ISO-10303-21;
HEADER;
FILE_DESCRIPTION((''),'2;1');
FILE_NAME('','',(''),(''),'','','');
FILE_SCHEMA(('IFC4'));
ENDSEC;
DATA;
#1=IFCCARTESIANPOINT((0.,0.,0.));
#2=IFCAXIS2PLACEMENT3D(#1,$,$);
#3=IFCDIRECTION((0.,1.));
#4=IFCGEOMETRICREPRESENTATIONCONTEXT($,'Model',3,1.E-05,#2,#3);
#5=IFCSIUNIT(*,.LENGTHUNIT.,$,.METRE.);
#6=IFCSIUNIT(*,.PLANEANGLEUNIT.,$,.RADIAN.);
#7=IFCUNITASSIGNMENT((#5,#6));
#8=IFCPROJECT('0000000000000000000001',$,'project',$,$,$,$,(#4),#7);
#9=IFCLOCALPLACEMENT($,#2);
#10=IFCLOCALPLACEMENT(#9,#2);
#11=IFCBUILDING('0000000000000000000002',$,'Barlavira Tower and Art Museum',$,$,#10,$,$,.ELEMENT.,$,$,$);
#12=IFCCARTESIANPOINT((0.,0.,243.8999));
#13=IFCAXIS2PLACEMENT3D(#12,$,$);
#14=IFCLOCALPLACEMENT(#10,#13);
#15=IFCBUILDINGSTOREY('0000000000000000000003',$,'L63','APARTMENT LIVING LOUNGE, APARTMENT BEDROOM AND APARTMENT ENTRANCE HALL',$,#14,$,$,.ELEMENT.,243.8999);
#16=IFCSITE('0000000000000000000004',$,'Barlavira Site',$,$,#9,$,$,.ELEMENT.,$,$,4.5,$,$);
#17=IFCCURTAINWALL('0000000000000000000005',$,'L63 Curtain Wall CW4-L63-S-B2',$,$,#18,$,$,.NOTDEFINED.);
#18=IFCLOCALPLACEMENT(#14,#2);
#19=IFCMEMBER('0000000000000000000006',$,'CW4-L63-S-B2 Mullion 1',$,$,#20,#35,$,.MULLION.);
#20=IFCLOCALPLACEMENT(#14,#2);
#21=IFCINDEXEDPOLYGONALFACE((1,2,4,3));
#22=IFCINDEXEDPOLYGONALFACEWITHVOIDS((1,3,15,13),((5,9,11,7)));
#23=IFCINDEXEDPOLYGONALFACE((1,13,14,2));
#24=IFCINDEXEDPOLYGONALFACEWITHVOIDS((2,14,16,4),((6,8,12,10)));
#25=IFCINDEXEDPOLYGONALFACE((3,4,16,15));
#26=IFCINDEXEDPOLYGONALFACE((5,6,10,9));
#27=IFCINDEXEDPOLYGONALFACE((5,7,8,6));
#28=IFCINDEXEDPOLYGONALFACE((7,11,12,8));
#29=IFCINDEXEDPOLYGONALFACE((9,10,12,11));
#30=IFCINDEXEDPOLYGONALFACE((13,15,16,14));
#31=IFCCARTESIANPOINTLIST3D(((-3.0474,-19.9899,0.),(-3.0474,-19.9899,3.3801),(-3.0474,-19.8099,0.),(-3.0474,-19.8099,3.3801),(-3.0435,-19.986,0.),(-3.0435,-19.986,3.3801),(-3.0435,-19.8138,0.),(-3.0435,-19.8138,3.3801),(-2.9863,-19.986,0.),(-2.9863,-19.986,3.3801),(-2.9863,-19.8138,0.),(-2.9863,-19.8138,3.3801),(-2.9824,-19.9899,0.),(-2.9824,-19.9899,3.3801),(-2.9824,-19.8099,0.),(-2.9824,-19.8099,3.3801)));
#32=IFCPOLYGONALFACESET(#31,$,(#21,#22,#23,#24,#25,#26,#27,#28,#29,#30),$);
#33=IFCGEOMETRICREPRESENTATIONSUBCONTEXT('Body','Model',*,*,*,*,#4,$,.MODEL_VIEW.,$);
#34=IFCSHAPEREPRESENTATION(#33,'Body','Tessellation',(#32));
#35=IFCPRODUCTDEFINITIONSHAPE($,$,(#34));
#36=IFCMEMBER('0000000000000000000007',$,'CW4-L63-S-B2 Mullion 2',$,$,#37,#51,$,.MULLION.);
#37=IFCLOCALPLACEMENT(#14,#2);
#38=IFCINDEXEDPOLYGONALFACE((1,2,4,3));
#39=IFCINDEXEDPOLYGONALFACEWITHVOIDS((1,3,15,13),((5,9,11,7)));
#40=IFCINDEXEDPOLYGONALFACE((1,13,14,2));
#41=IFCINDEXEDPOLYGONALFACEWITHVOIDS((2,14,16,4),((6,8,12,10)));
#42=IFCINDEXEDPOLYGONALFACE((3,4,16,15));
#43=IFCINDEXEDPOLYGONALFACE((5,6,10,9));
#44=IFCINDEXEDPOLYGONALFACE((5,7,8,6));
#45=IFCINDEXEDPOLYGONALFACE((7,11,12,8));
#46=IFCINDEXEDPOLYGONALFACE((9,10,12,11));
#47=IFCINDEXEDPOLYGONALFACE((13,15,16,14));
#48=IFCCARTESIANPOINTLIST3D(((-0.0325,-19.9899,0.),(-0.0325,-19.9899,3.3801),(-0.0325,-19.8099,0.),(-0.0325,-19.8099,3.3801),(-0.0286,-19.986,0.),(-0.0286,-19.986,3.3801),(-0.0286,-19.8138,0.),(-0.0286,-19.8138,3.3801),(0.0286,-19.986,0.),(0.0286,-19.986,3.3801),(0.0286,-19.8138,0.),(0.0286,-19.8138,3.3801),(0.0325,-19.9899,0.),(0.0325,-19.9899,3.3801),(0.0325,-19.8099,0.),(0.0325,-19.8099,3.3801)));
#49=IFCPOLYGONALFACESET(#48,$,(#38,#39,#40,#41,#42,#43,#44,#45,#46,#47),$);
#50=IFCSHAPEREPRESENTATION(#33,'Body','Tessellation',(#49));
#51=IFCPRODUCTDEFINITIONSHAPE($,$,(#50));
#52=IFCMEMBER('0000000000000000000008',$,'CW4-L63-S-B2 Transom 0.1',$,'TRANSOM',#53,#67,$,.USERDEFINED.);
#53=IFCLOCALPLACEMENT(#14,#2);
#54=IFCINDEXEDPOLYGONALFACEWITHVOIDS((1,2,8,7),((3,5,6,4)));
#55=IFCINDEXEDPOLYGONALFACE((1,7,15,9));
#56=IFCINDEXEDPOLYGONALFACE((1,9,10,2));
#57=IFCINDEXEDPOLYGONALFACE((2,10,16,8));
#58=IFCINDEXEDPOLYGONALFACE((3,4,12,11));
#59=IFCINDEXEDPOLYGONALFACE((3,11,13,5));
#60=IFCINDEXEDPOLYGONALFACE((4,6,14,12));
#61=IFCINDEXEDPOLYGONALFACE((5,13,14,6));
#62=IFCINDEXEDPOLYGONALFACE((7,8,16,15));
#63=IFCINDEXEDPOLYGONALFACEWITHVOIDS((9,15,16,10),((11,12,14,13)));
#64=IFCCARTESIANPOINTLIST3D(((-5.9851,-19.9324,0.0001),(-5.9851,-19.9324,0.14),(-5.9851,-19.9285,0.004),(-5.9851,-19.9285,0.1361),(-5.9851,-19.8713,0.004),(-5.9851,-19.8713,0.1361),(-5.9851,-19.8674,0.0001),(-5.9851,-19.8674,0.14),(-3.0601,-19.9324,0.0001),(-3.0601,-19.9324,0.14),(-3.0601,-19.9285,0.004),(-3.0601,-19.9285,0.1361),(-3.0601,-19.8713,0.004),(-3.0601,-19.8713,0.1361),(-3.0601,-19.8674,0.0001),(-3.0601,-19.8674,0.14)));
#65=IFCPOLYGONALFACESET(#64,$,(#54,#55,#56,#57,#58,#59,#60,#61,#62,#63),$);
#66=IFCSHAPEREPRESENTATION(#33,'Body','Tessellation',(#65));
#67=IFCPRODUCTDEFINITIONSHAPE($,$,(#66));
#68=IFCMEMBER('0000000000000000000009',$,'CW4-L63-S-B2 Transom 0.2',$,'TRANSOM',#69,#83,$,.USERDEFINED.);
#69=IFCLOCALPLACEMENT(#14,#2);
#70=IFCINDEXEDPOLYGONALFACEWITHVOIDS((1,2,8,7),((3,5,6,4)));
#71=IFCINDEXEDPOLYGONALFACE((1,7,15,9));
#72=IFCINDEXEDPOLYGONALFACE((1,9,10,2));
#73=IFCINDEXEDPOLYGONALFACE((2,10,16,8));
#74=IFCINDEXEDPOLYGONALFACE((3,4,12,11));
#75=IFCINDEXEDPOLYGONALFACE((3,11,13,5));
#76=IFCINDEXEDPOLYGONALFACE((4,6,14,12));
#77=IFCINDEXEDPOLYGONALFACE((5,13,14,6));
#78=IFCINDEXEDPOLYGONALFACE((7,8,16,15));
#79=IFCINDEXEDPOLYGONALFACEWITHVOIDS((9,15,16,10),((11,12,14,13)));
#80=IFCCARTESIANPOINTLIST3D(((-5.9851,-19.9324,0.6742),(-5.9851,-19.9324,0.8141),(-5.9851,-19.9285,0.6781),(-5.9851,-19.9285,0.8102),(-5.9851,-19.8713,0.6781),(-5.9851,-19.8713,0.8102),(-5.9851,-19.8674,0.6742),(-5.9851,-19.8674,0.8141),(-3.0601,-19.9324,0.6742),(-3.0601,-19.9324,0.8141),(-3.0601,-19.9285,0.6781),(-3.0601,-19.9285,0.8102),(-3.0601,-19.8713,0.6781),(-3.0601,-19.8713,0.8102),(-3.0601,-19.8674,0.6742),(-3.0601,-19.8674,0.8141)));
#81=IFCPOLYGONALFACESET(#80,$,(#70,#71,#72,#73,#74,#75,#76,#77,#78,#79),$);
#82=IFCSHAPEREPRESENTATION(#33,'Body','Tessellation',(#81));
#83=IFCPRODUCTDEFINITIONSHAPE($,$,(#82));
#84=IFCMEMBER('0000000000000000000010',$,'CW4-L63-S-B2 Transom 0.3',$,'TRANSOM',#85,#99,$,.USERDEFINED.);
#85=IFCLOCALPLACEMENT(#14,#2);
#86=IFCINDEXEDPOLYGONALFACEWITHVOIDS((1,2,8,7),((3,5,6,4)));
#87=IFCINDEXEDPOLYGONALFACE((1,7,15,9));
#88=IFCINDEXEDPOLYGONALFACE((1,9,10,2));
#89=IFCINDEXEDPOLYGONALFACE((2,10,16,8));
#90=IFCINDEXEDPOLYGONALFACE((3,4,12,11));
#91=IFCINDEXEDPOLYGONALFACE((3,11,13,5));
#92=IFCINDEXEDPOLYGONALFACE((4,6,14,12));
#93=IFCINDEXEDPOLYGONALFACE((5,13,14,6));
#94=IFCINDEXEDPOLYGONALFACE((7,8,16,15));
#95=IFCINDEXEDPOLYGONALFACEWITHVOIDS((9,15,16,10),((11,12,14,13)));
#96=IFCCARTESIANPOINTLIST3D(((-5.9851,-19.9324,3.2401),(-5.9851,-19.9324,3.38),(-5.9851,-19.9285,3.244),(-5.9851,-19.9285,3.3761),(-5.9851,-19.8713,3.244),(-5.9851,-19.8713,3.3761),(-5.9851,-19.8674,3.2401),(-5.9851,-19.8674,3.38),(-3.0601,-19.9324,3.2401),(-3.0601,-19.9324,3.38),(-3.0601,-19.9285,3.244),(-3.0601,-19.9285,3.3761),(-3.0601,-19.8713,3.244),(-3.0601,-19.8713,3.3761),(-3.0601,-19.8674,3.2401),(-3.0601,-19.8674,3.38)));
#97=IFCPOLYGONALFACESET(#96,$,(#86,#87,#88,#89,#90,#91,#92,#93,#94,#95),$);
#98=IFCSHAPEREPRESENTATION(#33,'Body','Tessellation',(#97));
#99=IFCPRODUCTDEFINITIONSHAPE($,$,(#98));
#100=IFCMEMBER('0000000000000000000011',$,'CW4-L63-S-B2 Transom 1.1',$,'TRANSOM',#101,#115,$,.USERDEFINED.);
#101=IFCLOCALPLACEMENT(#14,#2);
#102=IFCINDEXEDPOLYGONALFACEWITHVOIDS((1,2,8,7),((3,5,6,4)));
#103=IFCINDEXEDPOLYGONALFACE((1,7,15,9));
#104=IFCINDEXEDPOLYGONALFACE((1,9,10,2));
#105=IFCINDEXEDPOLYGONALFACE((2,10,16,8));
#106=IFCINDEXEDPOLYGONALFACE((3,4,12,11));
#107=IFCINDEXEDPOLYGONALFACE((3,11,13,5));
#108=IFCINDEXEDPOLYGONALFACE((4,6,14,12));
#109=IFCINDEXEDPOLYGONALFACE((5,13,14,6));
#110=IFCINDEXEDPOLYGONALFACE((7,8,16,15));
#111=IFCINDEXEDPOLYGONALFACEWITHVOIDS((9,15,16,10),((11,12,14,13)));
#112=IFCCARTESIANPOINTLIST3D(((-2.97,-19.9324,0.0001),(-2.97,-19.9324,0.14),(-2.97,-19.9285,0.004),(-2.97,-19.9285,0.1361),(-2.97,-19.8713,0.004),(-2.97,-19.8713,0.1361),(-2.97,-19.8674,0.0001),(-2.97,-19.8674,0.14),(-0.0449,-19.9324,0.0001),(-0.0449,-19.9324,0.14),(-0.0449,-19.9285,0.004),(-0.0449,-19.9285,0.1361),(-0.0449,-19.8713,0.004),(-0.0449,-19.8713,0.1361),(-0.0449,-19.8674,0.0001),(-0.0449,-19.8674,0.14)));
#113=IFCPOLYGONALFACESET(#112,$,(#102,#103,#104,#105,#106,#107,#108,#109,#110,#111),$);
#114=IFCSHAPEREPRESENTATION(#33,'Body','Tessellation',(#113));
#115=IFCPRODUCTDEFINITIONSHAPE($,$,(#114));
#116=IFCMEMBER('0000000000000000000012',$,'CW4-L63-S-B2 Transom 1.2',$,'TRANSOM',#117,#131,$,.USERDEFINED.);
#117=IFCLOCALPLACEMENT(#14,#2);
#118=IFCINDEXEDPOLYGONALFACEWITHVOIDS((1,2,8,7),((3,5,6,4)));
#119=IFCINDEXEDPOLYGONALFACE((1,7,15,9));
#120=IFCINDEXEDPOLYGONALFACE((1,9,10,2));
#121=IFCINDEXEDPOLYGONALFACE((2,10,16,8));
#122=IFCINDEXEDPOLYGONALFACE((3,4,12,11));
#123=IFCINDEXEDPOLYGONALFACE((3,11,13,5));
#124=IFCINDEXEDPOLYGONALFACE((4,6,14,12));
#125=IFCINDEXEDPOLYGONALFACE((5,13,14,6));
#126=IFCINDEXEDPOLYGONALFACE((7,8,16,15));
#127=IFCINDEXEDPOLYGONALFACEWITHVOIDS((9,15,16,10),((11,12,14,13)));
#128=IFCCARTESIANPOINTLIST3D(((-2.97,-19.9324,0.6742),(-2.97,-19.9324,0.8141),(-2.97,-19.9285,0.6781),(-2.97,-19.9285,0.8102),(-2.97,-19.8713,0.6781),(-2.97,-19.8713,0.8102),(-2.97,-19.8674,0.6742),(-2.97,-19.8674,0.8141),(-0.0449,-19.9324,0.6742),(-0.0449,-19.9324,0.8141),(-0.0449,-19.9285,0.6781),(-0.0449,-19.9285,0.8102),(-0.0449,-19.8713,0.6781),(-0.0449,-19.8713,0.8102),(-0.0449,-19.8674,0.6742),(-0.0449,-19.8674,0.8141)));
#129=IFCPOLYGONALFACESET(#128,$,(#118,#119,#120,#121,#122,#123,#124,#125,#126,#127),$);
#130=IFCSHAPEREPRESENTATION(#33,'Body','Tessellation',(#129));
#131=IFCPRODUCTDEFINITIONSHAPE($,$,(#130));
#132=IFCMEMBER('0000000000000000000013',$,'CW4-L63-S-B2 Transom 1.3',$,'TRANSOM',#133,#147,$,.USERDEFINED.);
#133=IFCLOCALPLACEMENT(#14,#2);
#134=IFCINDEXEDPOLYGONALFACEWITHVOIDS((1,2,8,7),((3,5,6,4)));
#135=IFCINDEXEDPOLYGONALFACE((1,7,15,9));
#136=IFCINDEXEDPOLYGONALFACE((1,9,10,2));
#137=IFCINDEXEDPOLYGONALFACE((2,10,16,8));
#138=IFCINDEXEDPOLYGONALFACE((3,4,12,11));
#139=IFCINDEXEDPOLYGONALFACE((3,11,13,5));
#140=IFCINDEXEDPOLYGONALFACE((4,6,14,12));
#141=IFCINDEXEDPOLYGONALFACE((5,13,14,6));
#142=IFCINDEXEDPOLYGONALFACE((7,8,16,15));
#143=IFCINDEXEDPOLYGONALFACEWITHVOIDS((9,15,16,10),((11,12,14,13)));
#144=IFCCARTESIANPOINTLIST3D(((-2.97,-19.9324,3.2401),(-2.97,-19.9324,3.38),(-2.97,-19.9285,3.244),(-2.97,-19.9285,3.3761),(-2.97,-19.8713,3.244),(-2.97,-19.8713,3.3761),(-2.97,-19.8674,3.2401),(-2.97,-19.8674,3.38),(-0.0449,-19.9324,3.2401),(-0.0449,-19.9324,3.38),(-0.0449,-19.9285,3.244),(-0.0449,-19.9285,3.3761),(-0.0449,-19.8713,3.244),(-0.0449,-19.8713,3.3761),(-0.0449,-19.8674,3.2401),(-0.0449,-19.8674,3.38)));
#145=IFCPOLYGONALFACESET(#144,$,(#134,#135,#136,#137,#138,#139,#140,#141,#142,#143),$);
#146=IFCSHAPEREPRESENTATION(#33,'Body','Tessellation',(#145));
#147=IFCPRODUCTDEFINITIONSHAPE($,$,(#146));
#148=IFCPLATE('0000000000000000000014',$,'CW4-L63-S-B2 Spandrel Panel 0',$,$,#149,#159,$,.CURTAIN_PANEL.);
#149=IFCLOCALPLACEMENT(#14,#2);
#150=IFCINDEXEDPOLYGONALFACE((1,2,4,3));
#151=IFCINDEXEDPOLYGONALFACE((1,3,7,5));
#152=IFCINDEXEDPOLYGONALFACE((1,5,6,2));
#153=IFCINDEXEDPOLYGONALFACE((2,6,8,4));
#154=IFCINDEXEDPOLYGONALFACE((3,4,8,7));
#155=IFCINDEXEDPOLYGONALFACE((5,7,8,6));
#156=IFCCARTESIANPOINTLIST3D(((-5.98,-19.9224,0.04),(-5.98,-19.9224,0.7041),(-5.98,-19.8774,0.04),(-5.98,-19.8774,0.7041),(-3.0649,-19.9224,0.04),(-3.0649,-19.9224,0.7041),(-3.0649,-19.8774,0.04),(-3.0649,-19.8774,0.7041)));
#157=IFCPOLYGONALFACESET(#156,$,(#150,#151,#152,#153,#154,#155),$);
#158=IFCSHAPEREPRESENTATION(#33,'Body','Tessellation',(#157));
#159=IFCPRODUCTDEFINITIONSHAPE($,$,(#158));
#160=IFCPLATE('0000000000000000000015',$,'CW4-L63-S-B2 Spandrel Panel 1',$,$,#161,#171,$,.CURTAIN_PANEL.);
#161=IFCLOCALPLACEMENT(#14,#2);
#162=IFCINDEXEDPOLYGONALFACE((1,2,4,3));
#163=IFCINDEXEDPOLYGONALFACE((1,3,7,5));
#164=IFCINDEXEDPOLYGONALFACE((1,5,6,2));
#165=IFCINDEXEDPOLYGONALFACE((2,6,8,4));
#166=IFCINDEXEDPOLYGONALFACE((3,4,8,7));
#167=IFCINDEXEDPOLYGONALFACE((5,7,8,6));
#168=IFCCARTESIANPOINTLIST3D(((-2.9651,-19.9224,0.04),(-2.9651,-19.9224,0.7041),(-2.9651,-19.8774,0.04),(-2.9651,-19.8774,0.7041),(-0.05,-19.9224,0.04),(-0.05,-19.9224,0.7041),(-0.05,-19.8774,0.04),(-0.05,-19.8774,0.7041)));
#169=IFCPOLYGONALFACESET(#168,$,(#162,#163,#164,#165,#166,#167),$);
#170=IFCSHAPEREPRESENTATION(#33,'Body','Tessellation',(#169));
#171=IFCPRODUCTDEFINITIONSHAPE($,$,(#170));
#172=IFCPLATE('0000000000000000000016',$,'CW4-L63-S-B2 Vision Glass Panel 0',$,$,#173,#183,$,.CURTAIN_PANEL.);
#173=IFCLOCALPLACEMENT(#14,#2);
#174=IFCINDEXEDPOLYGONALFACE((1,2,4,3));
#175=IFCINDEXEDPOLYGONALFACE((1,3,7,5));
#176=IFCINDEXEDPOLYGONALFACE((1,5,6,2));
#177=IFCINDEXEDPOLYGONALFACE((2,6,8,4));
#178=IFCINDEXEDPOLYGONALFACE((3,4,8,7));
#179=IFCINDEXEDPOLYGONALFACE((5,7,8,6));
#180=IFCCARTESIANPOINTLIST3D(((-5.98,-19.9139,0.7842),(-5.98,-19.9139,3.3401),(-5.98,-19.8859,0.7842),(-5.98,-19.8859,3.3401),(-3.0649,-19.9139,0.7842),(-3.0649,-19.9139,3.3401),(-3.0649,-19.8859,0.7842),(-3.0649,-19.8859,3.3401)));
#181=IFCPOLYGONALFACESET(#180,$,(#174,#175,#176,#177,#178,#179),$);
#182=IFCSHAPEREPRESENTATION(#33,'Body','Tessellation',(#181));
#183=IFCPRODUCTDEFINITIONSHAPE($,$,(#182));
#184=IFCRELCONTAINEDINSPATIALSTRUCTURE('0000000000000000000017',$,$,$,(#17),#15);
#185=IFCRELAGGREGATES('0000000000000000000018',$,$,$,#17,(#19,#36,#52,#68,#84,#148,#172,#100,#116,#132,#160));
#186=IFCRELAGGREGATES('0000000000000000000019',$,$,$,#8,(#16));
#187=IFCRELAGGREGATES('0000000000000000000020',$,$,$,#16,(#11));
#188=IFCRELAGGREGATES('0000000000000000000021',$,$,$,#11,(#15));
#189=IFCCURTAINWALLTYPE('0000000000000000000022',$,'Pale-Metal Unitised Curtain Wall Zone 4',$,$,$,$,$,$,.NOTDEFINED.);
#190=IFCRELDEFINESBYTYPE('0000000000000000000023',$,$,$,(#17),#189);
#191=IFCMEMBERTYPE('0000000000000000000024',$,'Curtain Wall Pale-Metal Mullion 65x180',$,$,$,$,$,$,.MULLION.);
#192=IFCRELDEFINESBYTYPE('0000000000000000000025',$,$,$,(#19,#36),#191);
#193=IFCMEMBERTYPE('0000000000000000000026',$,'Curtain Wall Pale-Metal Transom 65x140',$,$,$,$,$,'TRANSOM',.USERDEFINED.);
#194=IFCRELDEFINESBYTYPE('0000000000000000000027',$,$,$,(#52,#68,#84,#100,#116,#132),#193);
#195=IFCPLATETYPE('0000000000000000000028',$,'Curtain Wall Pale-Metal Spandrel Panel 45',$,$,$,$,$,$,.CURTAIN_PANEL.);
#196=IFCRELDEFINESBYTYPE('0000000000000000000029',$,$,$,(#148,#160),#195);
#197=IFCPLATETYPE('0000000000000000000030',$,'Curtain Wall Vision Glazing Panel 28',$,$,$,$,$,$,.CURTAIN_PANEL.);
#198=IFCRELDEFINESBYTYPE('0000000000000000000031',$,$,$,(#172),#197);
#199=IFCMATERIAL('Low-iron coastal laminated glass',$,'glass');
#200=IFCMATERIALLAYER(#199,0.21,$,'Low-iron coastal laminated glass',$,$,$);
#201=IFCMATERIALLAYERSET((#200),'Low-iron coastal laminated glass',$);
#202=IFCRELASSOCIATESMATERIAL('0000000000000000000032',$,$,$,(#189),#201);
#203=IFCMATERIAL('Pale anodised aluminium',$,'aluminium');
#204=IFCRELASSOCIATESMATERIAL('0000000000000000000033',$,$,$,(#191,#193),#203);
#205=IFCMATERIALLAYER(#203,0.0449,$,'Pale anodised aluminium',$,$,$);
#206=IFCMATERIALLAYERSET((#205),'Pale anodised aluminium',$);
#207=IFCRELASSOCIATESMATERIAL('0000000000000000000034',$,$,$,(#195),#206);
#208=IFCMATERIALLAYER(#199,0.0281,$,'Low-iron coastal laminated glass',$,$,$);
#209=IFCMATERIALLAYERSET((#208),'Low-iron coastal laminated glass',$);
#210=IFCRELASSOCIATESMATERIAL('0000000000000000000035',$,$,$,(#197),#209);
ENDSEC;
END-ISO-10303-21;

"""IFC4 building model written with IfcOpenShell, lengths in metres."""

from ifc_helpers import new_model, si_unit, direction, frame, origin, origin_2d, place, context, subcontext, project, spatial, rectangle, hollow_rectangle, extrude, material, layer, layer_set, material_profile, profile_set, type_object, element, aggregate, save


model = new_model("IFC4")

# Units and contexts
model_context = context("Model", 3, precision=1e-05, world=origin(), true_north=direction((0.0, 1.0)))
body_context = subcontext(model_context, "Body", "Model", "MODEL_VIEW")
ifc_project = project(units=[si_unit("LENGTHUNIT", "METRE"), si_unit("PLANEANGLEUNIT", "RADIAN")], contexts=[model_context])

# Site, building, storey
site_placement = place(None, origin())
site = spatial("IfcSite", under=ifc_project, at=site_placement, Name="Barlavira Site", CompositionType="ELEMENT", RefElevation=4.5)
building_placement = place(site_placement, origin())
building = spatial("IfcBuilding", under=site, at=building_placement, Name="Barlavira Tower and Art Museum", CompositionType="ELEMENT")
storey_placement = place(building_placement, frame((0.0, 0.0, 243.8999)))
storey = spatial("IfcBuildingStorey", under=building, at=storey_placement, Name="L63", Description="APARTMENT LIVING LOUNGE, APARTMENT BEDROOM AND APARTMENT ENTRANCE HALL", CompositionType="ELEMENT", Elevation=243.8999)

# Curtain wall, members, plates
ifc_material_1 = material(Name="Low-iron coastal laminated glass", Category="glass")
ifc_layer_1 = layer(ifc_material_1, 0.21, Name="Low-iron coastal laminated glass")
ifc_layer_set_1 = layer_set([ifc_layer_1], Name="Low-iron coastal laminated glass")
curtain_wall_type = type_object("IfcCurtainWallType", Name="Pale-Metal Unitised Curtain Wall Zone 4", PredefinedType="NOTDEFINED", material=ifc_layer_set_1)
curtain_wall_placement = place(storey_placement, origin())
curtain_wall = element("IfcCurtainWall", 1, at=curtain_wall_placement, inside=storey, type_object=curtain_wall_type, Name="L63 Curtain Wall CW4-L63-S-B2", PredefinedType="NOTDEFINED")
ifc_material_2 = material(Name="Pale anodised aluminium", Category="aluminium")
ifc_material_profile_1 = material_profile(ifc_material_2, hollow_rectangle(XDim=0.0649, YDim=0.1799, WallThickness=0.0039, at=origin_2d()), Name="ALU-MULL 65x180x4")
ifc_profile_set_1 = profile_set([ifc_material_profile_1], Name="Pale anodised aluminium")
member_type_1 = type_object("IfcMemberType", Name="Curtain Wall Pale-Metal Mullion 65x180", PredefinedType="MULLION", material=ifc_profile_set_1)
member_1_placement = place(storey_placement, frame((-3.0149, -19.8999, 0.0), z_axis=(0.0, 0.0, 1.0), x_axis=(1.0, 0.0, 0.0)))
member_1 = element("IfcMember", 2, at=member_1_placement, type_object=member_type_1, Name="CW4-L63-S-B2 Mullion 1", PredefinedType="MULLION", context=body_context, shape_type="SweptSolid", body=[
    extrude(hollow_rectangle(XDim=0.0649, YDim=0.1799, WallThickness=0.0039, at=origin_2d()), origin(), (0.0, 0.0, 1.0), 3.3801),
])
member_2_placement = place(storey_placement, frame((0.0, -19.8999, 0.0), z_axis=(0.0, 0.0, 1.0), x_axis=(1.0, 0.0, 0.0)))
member_2 = element("IfcMember", 3, at=member_2_placement, type_object=member_type_1, Name="CW4-L63-S-B2 Mullion 2", PredefinedType="MULLION", context=body_context, shape_type="SweptSolid", body=[
    extrude(hollow_rectangle(XDim=0.0649, YDim=0.1799, WallThickness=0.0039, at=origin_2d()), origin(), (0.0, 0.0, 1.0), 3.3801),
])
ifc_material_profile_2 = material_profile(ifc_material_2, hollow_rectangle(XDim=0.0649, YDim=0.1399, WallThickness=0.0039, at=origin_2d()), Name="ALU-TRAN 65x140x4")
ifc_profile_set_2 = profile_set([ifc_material_profile_2], Name="Pale anodised aluminium")
member_type_2 = type_object("IfcMemberType", Name="Curtain Wall Pale-Metal Transom 65x140", ElementType="TRANSOM", PredefinedType="USERDEFINED", material=ifc_profile_set_2)
member_3_placement = place(storey_placement, frame((-5.9851, -19.8999, 0.0701), z_axis=(1.0, 0.0, 0.0), x_axis=(0.0, 1.0, 0.0)))
member_3 = element("IfcMember", 4, at=member_3_placement, type_object=member_type_2, Name="CW4-L63-S-B2 Transom 0.1", ObjectType="TRANSOM", PredefinedType="USERDEFINED", context=body_context, shape_type="SweptSolid", body=[
    extrude(hollow_rectangle(XDim=0.0649, YDim=0.1399, WallThickness=0.0039, at=origin_2d()), origin(), (0.0, 0.0, 1.0), 2.925),
])
member_4_placement = place(storey_placement, frame((-5.9851, -19.8999, 0.7441), z_axis=(1.0, 0.0, 0.0), x_axis=(0.0, 1.0, 0.0)))
member_4 = element("IfcMember", 5, at=member_4_placement, type_object=member_type_2, Name="CW4-L63-S-B2 Transom 0.2", ObjectType="TRANSOM", PredefinedType="USERDEFINED", context=body_context, shape_type="SweptSolid", body=[
    extrude(hollow_rectangle(XDim=0.0649, YDim=0.1399, WallThickness=0.0039, at=origin_2d()), origin(), (0.0, 0.0, 1.0), 2.925),
])
member_5_placement = place(storey_placement, frame((-5.9851, -19.8999, 3.3101), z_axis=(1.0, 0.0, 0.0), x_axis=(0.0, 1.0, 0.0)))
member_5 = element("IfcMember", 6, at=member_5_placement, type_object=member_type_2, Name="CW4-L63-S-B2 Transom 0.3", ObjectType="TRANSOM", PredefinedType="USERDEFINED", context=body_context, shape_type="SweptSolid", body=[
    extrude(hollow_rectangle(XDim=0.0649, YDim=0.1399, WallThickness=0.0039, at=origin_2d()), origin(), (0.0, 0.0, 1.0), 2.925),
])
member_6_placement = place(storey_placement, frame((-2.97, -19.8999, 0.0701), z_axis=(1.0, 0.0, 0.0), x_axis=(0.0, 1.0, 0.0)))
member_6 = element("IfcMember", 7, at=member_6_placement, type_object=member_type_2, Name="CW4-L63-S-B2 Transom 1.1", ObjectType="TRANSOM", PredefinedType="USERDEFINED", context=body_context, shape_type="SweptSolid", body=[
    extrude(hollow_rectangle(XDim=0.0649, YDim=0.1399, WallThickness=0.0039, at=origin_2d()), origin(), (0.0, 0.0, 1.0), 2.925),
])
member_7_placement = place(storey_placement, frame((-2.97, -19.8999, 0.7441), z_axis=(1.0, 0.0, 0.0), x_axis=(0.0, 1.0, 0.0)))
member_7 = element("IfcMember", 8, at=member_7_placement, type_object=member_type_2, Name="CW4-L63-S-B2 Transom 1.2", ObjectType="TRANSOM", PredefinedType="USERDEFINED", context=body_context, shape_type="SweptSolid", body=[
    extrude(hollow_rectangle(XDim=0.0649, YDim=0.1399, WallThickness=0.0039, at=origin_2d()), origin(), (0.0, 0.0, 1.0), 2.925),
])
member_8_placement = place(storey_placement, frame((-2.97, -19.8999, 3.3101), z_axis=(1.0, 0.0, 0.0), x_axis=(0.0, 1.0, 0.0)))
member_8 = element("IfcMember", 9, at=member_8_placement, type_object=member_type_2, Name="CW4-L63-S-B2 Transom 1.3", ObjectType="TRANSOM", PredefinedType="USERDEFINED", context=body_context, shape_type="SweptSolid", body=[
    extrude(hollow_rectangle(XDim=0.0649, YDim=0.1399, WallThickness=0.0039, at=origin_2d()), origin(), (0.0, 0.0, 1.0), 2.925),
])
ifc_layer_2 = layer(ifc_material_2, 0.0449, Name="Pale anodised aluminium")
ifc_layer_set_2 = layer_set([ifc_layer_2], Name="Pale anodised aluminium")
plate_type_1 = type_object("IfcPlateType", Name="Curtain Wall Pale-Metal Spandrel Panel 45", PredefinedType="CURTAIN_PANEL", material=ifc_layer_set_2)
plate_1_placement = place(storey_placement, frame((-4.5225, -19.8999, 0.04), z_axis=(0.0, 0.0, 1.0), x_axis=(1.0, 0.0, 0.0)))
plate_1 = element("IfcPlate", 10, at=plate_1_placement, type_object=plate_type_1, Name="CW4-L63-S-B2 Spandrel Panel 0", PredefinedType="CURTAIN_PANEL", context=body_context, shape_type="SweptSolid", body=[
    extrude(rectangle(XDim=2.915, YDim=0.0449, at=origin_2d()), origin(), (0.0, 0.0, 1.0), 0.6641),
])
plate_2_placement = place(storey_placement, frame((-1.5076, -19.8999, 0.04), z_axis=(0.0, 0.0, 1.0), x_axis=(1.0, 0.0, 0.0)))
plate_2 = element("IfcPlate", 11, at=plate_2_placement, type_object=plate_type_1, Name="CW4-L63-S-B2 Spandrel Panel 1", PredefinedType="CURTAIN_PANEL", context=body_context, shape_type="SweptSolid", body=[
    extrude(rectangle(XDim=2.915, YDim=0.0449, at=origin_2d()), origin(), (0.0, 0.0, 1.0), 0.6641),
])
ifc_layer_3 = layer(ifc_material_1, 0.0281, Name="Low-iron coastal laminated glass")
ifc_layer_set_3 = layer_set([ifc_layer_3], Name="Low-iron coastal laminated glass")
plate_type_2 = type_object("IfcPlateType", Name="Curtain Wall Vision Glazing Panel 28", PredefinedType="CURTAIN_PANEL", material=ifc_layer_set_3)
plate_3_placement = place(storey_placement, frame((-4.5225, -19.8999, 0.7842), z_axis=(0.0, 0.0, 1.0), x_axis=(1.0, 0.0, 0.0)))
plate_3 = element("IfcPlate", 12, at=plate_3_placement, type_object=plate_type_2, Name="CW4-L63-S-B2 Vision Glass Panel 0", PredefinedType="CURTAIN_PANEL", context=body_context, shape_type="SweptSolid", body=[
    extrude(rectangle(XDim=2.915, YDim=0.0281, at=origin_2d()), origin(), (0.0, 0.0, 1.0), 2.5559),
])
aggregate(curtain_wall, [member_1, member_2, member_3, member_4, member_5, plate_1, plate_3, member_6, member_7, member_8, plate_2])

save(model, "model.ifc")
